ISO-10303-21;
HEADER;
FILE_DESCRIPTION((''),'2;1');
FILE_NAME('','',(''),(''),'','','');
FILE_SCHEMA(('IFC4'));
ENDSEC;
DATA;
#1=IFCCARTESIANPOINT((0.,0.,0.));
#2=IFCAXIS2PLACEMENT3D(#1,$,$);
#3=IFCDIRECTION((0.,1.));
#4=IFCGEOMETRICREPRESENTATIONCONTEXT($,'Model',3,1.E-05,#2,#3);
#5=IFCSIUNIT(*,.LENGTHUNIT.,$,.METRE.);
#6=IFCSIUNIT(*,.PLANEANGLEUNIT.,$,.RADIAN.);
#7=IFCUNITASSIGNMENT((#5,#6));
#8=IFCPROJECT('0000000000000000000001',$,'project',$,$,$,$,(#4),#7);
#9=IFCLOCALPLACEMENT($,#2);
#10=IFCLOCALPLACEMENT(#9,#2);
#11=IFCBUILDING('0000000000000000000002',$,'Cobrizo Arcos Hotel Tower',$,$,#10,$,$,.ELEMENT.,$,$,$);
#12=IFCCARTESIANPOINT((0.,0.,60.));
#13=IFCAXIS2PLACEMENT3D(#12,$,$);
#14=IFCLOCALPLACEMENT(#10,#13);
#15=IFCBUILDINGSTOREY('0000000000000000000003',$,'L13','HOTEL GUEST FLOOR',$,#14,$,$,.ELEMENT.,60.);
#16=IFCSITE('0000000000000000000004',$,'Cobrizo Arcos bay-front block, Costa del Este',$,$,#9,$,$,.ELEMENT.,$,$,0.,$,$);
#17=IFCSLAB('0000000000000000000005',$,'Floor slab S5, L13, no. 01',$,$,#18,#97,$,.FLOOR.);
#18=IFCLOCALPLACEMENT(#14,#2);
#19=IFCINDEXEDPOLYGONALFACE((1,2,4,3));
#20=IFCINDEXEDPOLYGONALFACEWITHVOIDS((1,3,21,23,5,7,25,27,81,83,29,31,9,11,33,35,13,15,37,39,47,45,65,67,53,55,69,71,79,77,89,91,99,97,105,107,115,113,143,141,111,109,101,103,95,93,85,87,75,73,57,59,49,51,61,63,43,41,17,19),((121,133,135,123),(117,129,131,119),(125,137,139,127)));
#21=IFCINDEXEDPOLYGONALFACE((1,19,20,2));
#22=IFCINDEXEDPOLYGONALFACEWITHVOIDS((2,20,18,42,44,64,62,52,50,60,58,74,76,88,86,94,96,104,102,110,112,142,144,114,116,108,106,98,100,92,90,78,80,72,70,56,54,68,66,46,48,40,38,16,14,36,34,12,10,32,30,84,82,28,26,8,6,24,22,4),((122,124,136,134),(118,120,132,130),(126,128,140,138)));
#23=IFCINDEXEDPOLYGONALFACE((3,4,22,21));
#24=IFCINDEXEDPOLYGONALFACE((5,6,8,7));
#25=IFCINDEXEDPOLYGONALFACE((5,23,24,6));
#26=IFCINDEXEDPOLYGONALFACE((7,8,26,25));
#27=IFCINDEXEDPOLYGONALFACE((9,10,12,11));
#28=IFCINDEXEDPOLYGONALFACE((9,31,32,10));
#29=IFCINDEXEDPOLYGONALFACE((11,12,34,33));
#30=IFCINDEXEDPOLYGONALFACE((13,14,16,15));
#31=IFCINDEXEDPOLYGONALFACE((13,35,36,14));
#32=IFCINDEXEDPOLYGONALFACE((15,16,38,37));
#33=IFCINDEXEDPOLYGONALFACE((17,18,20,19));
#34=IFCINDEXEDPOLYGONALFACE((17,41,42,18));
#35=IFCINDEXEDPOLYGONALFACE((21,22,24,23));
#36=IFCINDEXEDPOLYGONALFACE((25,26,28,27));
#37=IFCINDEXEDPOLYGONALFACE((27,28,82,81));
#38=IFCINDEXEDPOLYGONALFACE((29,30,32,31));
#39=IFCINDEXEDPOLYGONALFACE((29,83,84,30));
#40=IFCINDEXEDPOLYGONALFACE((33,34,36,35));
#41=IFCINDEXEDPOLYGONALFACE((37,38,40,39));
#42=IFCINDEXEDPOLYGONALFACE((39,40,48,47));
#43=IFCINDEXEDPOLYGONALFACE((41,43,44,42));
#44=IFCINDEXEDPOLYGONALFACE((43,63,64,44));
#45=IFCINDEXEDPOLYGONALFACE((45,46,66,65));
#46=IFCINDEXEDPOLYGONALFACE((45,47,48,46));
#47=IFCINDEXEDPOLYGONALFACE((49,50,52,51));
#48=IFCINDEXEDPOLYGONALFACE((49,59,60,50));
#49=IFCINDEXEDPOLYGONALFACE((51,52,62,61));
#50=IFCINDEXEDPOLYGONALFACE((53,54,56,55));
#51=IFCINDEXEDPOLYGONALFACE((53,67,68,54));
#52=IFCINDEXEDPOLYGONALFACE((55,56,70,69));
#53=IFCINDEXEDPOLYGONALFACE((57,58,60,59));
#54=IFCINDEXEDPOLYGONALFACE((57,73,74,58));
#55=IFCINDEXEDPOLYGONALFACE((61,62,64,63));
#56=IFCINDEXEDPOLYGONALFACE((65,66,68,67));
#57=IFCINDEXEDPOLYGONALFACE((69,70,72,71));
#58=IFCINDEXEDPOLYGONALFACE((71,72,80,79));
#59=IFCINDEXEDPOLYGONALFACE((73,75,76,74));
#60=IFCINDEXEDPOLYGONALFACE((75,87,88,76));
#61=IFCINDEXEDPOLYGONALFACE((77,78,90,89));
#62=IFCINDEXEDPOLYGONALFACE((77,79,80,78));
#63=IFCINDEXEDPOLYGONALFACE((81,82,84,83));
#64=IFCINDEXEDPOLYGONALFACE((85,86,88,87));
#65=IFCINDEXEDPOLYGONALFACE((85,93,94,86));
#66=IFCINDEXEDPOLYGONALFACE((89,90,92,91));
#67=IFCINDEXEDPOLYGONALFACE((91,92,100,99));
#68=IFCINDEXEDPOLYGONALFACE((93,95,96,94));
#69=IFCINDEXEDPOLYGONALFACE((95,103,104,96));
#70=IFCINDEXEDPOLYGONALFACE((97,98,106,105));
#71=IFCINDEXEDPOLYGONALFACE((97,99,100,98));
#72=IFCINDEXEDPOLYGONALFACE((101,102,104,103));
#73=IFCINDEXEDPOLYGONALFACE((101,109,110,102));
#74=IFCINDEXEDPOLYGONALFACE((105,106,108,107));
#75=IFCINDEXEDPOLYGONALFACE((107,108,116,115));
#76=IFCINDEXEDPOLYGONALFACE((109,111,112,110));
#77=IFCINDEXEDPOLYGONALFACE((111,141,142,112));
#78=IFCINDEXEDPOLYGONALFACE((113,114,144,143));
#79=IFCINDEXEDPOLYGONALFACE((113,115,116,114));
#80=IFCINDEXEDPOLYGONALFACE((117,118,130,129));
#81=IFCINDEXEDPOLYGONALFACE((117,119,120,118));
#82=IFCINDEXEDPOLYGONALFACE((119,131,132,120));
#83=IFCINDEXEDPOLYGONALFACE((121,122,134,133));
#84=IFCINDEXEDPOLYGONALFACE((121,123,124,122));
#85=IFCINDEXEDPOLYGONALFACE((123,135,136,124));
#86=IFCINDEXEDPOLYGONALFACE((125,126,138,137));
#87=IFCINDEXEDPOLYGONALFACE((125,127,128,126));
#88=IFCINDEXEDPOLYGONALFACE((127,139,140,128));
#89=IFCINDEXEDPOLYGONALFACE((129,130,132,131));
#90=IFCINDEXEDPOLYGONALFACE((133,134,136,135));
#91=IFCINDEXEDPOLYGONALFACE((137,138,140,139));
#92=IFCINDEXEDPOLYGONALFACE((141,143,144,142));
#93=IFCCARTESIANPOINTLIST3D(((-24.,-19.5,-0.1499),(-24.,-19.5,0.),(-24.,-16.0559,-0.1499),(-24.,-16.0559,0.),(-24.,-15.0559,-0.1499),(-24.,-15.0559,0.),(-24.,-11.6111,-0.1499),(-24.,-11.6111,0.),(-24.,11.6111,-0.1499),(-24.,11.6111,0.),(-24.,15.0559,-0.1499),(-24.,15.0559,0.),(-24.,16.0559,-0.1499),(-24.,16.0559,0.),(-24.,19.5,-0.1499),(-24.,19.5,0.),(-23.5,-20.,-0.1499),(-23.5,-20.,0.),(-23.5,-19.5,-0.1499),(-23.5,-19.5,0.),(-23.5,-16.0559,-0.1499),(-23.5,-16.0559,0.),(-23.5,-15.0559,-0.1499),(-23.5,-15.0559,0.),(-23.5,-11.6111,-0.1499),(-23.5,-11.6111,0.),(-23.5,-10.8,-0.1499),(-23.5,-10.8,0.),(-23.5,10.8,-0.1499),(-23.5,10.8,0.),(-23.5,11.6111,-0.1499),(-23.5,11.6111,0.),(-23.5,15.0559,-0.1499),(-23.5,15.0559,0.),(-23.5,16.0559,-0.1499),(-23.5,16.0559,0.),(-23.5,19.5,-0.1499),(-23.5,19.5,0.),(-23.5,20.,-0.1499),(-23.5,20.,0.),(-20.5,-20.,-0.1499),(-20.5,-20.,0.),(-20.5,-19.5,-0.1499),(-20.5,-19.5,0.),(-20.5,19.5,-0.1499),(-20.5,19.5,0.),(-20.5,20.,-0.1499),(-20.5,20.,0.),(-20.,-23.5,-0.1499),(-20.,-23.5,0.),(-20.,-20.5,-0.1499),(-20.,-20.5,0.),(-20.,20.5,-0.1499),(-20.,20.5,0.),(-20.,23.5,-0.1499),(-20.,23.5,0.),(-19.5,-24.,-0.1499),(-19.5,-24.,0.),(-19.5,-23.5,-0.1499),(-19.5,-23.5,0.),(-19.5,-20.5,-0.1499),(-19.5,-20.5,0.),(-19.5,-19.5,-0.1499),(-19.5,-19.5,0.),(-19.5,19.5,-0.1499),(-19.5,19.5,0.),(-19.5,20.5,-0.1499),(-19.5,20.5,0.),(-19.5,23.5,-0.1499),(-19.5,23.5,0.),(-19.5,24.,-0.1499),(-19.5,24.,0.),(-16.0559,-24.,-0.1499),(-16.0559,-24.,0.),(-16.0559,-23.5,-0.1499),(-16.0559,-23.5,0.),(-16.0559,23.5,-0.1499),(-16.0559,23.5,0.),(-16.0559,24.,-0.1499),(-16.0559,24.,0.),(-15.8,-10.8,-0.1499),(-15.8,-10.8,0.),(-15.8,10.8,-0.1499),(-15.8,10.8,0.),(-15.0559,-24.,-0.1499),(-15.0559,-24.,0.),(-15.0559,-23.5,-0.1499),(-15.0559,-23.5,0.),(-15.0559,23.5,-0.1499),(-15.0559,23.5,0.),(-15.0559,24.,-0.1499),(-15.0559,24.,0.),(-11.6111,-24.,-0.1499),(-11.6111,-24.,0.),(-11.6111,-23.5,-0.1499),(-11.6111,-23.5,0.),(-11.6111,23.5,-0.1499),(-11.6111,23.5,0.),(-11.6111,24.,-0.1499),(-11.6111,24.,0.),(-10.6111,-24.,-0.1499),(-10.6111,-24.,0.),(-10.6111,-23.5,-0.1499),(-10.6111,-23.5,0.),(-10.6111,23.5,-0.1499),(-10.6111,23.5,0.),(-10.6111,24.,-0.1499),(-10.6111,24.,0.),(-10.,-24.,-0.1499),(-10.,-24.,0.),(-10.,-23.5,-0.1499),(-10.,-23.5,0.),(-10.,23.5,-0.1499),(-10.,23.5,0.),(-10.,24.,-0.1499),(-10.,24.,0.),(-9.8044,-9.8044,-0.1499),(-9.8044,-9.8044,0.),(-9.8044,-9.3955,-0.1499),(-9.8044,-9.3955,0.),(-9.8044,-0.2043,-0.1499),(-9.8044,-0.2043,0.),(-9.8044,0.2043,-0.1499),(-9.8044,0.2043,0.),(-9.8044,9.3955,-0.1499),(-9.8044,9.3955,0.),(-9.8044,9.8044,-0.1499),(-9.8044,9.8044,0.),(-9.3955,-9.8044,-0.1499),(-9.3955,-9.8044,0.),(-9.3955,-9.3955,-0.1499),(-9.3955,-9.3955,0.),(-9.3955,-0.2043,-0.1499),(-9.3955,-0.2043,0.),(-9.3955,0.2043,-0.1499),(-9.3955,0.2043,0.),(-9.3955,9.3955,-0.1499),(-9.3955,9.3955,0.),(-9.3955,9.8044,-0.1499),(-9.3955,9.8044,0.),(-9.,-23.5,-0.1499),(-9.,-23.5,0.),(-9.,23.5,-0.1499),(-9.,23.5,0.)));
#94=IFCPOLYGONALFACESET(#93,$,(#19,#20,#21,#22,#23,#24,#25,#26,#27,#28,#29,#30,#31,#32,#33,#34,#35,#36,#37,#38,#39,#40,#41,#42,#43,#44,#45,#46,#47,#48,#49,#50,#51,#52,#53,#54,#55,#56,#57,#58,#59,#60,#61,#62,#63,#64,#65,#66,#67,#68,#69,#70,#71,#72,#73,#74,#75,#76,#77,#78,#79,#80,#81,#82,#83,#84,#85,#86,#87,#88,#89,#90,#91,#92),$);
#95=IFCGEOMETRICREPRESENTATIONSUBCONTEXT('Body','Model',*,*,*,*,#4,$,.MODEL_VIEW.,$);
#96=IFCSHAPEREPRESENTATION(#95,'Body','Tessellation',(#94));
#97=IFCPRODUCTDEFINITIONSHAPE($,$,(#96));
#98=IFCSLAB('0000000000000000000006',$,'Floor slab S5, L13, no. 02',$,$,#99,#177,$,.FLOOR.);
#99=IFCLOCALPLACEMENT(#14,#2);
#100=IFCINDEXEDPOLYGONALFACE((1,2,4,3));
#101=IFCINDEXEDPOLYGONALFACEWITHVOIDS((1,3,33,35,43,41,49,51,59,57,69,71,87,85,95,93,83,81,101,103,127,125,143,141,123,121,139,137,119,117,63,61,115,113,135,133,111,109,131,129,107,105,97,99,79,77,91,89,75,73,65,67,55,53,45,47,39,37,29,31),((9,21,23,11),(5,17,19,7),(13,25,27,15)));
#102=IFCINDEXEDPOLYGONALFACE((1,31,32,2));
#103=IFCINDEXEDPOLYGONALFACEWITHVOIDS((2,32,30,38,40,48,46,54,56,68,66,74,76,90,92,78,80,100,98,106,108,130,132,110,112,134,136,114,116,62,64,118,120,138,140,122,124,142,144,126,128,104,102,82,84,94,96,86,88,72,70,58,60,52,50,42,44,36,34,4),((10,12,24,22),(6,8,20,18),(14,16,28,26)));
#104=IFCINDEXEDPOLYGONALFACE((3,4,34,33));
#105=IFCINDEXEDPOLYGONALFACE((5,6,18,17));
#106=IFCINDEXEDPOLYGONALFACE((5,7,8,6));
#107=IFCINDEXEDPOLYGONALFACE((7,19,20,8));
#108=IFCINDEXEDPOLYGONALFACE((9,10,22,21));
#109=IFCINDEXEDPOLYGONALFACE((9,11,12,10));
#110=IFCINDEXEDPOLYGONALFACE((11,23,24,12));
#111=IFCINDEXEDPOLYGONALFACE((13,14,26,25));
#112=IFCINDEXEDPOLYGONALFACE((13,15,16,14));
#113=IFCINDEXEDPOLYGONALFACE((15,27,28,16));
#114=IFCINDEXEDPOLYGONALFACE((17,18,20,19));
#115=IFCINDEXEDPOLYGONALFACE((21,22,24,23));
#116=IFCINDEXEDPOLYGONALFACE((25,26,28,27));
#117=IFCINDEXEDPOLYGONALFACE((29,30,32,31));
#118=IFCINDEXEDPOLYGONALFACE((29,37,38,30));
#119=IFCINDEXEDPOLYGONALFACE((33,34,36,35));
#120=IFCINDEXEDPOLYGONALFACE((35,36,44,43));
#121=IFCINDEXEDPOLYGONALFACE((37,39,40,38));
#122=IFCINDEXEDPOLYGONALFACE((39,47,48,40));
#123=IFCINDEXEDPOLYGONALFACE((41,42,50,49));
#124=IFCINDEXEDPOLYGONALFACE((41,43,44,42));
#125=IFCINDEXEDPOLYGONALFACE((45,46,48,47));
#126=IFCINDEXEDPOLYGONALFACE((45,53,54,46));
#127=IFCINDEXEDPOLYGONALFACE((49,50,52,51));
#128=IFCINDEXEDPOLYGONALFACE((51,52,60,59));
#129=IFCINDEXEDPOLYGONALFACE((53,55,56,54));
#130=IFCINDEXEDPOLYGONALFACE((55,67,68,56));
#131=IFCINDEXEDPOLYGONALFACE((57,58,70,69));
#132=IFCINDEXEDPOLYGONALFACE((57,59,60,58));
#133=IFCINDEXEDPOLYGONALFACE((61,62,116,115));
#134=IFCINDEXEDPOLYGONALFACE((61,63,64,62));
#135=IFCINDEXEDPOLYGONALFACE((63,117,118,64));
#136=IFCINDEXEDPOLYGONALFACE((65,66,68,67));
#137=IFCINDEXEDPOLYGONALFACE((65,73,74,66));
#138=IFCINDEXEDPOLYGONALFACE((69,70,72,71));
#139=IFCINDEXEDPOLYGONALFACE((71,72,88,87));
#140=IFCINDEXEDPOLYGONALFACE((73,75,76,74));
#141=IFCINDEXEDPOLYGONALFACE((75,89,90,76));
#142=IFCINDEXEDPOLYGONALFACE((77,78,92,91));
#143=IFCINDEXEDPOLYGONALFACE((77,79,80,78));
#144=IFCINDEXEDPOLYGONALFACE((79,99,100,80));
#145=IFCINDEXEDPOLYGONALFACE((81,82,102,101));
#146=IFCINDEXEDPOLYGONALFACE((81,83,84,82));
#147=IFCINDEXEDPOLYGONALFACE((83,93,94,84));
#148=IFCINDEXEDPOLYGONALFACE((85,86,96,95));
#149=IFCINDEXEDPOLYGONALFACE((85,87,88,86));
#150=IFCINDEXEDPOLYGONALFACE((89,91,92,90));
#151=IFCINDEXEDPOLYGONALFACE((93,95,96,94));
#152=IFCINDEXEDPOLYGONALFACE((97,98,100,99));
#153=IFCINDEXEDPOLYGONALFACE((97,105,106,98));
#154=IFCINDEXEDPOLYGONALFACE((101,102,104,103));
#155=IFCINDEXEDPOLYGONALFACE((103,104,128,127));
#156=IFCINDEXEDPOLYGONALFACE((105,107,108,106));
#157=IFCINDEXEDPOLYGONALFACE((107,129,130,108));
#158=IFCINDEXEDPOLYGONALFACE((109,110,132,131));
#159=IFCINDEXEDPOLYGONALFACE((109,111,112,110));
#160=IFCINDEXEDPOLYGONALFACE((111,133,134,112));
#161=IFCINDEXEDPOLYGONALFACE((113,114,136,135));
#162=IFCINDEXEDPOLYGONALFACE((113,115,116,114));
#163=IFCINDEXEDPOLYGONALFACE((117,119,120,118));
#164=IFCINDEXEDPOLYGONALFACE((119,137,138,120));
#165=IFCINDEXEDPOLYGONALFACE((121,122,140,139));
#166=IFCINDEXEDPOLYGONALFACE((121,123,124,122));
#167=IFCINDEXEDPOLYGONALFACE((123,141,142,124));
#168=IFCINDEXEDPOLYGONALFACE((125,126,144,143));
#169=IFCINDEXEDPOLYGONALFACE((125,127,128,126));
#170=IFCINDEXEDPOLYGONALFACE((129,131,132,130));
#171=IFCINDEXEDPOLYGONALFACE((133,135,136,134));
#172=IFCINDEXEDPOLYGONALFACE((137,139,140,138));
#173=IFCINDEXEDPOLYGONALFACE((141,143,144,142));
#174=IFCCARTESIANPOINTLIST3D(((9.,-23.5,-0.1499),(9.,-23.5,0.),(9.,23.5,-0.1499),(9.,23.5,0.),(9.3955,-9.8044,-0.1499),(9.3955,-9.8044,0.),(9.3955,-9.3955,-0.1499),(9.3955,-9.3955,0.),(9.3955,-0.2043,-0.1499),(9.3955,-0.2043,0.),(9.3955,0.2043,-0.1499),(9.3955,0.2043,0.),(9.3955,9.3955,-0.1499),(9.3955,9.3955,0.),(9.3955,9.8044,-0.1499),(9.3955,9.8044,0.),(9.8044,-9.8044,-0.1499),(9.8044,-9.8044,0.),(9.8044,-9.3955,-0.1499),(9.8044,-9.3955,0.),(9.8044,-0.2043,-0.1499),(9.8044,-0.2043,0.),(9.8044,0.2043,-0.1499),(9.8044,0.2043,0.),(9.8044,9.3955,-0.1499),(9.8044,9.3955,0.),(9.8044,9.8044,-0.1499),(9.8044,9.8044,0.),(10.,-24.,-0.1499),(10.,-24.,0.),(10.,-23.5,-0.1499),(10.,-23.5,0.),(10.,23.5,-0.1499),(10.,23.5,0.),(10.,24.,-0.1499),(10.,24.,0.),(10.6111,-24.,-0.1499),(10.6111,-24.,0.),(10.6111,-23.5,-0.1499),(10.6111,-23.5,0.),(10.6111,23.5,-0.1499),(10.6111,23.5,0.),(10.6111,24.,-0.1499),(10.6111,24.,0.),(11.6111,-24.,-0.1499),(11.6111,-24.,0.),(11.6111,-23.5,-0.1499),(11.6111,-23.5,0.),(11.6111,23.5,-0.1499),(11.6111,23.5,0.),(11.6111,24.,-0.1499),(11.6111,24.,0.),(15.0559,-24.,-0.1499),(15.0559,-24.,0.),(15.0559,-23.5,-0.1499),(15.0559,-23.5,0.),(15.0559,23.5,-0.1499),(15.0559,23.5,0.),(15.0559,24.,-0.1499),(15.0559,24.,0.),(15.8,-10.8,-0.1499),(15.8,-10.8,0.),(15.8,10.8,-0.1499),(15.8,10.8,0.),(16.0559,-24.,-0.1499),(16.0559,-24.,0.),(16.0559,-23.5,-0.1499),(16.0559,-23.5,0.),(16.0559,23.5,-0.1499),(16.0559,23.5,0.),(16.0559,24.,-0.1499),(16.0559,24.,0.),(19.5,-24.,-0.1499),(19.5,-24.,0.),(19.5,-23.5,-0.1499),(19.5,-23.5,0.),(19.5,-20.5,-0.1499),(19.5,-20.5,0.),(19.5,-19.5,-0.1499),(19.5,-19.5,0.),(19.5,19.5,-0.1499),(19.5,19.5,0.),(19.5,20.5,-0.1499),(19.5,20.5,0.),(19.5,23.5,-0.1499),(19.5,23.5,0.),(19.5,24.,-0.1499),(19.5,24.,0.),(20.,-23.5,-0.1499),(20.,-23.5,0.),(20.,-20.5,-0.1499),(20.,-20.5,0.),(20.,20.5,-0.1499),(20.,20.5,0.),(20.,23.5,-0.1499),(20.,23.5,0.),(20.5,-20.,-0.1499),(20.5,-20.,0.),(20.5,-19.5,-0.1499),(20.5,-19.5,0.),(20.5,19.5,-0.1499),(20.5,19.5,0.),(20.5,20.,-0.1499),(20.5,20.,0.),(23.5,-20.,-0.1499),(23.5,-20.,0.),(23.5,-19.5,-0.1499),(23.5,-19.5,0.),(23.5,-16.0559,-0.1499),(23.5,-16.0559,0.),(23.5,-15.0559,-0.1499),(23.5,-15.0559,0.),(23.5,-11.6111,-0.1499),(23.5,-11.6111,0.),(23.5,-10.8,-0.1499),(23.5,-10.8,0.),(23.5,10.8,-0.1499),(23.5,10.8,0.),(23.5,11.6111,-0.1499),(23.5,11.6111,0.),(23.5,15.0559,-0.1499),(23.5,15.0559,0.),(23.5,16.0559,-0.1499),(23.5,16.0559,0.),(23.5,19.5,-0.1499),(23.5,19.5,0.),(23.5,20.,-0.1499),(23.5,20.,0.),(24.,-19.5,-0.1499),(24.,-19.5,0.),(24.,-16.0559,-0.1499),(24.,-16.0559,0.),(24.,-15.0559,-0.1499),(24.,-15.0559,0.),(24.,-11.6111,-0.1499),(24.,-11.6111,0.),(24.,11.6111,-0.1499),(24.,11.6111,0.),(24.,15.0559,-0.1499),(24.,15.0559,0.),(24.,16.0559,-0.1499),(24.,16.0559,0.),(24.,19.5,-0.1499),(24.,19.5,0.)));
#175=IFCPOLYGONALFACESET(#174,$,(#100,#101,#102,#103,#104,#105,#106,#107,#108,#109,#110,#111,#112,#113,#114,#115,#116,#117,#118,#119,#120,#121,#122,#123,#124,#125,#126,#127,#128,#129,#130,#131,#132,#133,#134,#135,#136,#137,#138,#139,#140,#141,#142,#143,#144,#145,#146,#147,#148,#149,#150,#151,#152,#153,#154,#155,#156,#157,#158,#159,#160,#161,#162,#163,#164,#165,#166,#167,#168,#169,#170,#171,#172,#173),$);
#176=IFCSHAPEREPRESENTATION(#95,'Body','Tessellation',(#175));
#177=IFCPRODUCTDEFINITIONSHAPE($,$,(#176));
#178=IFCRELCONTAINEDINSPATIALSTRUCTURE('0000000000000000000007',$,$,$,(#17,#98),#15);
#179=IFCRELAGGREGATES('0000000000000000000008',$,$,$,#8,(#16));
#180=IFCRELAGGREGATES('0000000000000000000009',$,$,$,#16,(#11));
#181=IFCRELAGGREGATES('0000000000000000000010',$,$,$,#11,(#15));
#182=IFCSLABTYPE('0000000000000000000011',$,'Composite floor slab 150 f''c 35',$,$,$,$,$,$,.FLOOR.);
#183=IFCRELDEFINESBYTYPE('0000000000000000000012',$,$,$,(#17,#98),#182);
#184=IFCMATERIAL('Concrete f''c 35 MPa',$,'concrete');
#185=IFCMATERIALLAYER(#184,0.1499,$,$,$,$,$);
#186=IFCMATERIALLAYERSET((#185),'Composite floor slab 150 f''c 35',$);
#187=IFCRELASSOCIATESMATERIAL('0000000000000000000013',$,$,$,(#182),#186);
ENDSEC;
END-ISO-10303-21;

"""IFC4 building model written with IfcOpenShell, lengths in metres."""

from ifc_helpers import new_model, si_unit, direction, frame, origin, place, context, subcontext, project, spatial, polyline, outline, extrude, material, layer, layer_set, type_object, element, save


model = new_model("IFC4")

# Units and contexts
model_context = context("Model", 3, precision=1e-05, world=origin(), true_north=direction((0.0, 1.0)))
body_context = subcontext(model_context, "Body", "Model", "MODEL_VIEW")
ifc_project = project(units=[si_unit("LENGTHUNIT", "METRE"), si_unit("PLANEANGLEUNIT", "RADIAN")], contexts=[model_context])

# Site, building, storey
site_placement = place(None, origin())
site = spatial("IfcSite", under=ifc_project, at=site_placement, Name="Cobrizo Arcos bay-front block, Costa del Este", CompositionType="ELEMENT", RefElevation=0.0)
building_placement = place(site_placement, origin())
building = spatial("IfcBuilding", under=site, at=building_placement, Name="Cobrizo Arcos Hotel Tower", CompositionType="ELEMENT")
storey_placement = place(building_placement, frame((0.0, 0.0, 60.0)))
storey = spatial("IfcBuildingStorey", under=building, at=storey_placement, Name="L13", Description="HOTEL GUEST FLOOR", CompositionType="ELEMENT", Elevation=60.0)

# Slabs
ifc_material_1 = material(Name="Concrete f'c 35 MPa", Category="concrete")
ifc_layer_1 = layer(ifc_material_1, 0.1499)
ifc_layer_set_1 = layer_set([ifc_layer_1], Name="Composite floor slab 150 f'c 35")
slab_type_1 = type_object("IfcSlabType", Name="Composite floor slab 150 f'c 35", PredefinedType="FLOOR", material=ifc_layer_set_1)
slab_1_placement = place(storey_placement, frame((0.0, 0.0, -0.1499)))
element("IfcSlab", 1, at=slab_1_placement, inside=storey, type_object=slab_type_1, Name="Floor slab S5, L13, no. 01", PredefinedType="FLOOR", context=body_context, shape_type="SweptSolid", body=[
    extrude(outline(polyline([(-19.5, -23.5), (-20.0, -23.5), (-20.0, -20.5), (-19.5, -20.5), (-19.5, -19.5), (-20.5, -19.5), (-20.5, -20.0), (-23.5, -20.0), (-23.5, -19.5), (-24.0, -19.5), (-24.0, -16.0559), (-23.5, -16.0559), (-23.5, -15.0559), (-24.0, -15.0559), (-24.0, -11.6111), (-23.5, -11.6111), (-23.5, -10.8), (-15.8, -10.8), (-15.8, 10.8), (-23.5, 10.8), (-23.5, 11.6111), (-24.0, 11.6111), (-24.0, 15.0559), (-23.5, 15.0559), (-23.5, 16.0559), (-24.0, 16.0559), (-24.0, 19.5), (-23.5, 19.5), (-23.5, 20.0), (-20.5, 20.0), (-20.5, 19.5), (-19.5, 19.5), (-19.5, 20.5), (-20.0, 20.5), (-20.0, 23.5), (-19.5, 23.5), (-19.5, 24.0), (-16.0559, 24.0), (-16.0559, 23.5), (-15.0559, 23.5), (-15.0559, 24.0), (-11.6111, 24.0), (-11.6111, 23.5), (-10.6111, 23.5), (-10.6111, 24.0), (-10.0, 24.0), (-10.0, 23.5), (-9.0, 23.5), (-9.0, -23.5), (-10.0, -23.5), (-10.0, -24.0), (-10.6111, -24.0), (-10.6111, -23.5), (-11.6111, -23.5), (-11.6111, -24.0), (-15.0559, -24.0), (-15.0559, -23.5), (-16.0559, -23.5), (-16.0559, -24.0), (-19.5, -24.0), (-19.5, -23.5)]), holes=[polyline([(-9.3955, -9.8044), (-9.3955, -9.3955), (-9.8044, -9.3955), (-9.8044, -9.8044), (-9.3955, -9.8044)]), polyline([(-9.3955, 0.2043), (-9.8044, 0.2043), (-9.8044, -0.2043), (-9.3955, -0.2043), (-9.3955, 0.2043)]), polyline([(-9.3955, 9.8044), (-9.8044, 9.8044), (-9.8044, 9.3955), (-9.3955, 9.3955), (-9.3955, 9.8044)])]), origin(), (0.0, 0.0, 1.0), 0.1499),
])
slab_2_placement = place(storey_placement, frame((0.0, 0.0, -0.1499)))
element("IfcSlab", 2, at=slab_2_placement, inside=storey, type_object=slab_type_1, Name="Floor slab S5, L13, no. 02", PredefinedType="FLOOR", context=body_context, shape_type="SweptSolid", body=[
    extrude(outline(polyline([(10.0, 23.5), (10.0, 24.0), (10.6111, 24.0), (10.6111, 23.5), (11.6111, 23.5), (11.6111, 24.0), (15.0559, 24.0), (15.0559, 23.5), (16.0559, 23.5), (16.0559, 24.0), (19.5, 24.0), (19.5, 23.5), (20.0, 23.5), (20.0, 20.5), (19.5, 20.5), (19.5, 19.5), (20.5, 19.5), (20.5, 20.0), (23.5, 20.0), (23.5, 19.5), (24.0, 19.5), (24.0, 16.0559), (23.5, 16.0559), (23.5, 15.0559), (24.0, 15.0559), (24.0, 11.6111), (23.5, 11.6111), (23.5, 10.8), (15.8, 10.8), (15.8, -10.8), (23.5, -10.8), (23.5, -11.6111), (24.0, -11.6111), (24.0, -15.0559), (23.5, -15.0559), (23.5, -16.0559), (24.0, -16.0559), (24.0, -19.5), (23.5, -19.5), (23.5, -20.0), (20.5, -20.0), (20.5, -19.5), (19.5, -19.5), (19.5, -20.5), (20.0, -20.5), (20.0, -23.5), (19.5, -23.5), (19.5, -24.0), (16.0559, -24.0), (16.0559, -23.5), (15.0559, -23.5), (15.0559, -24.0), (11.6111, -24.0), (11.6111, -23.5), (10.6111, -23.5), (10.6111, -24.0), (10.0, -24.0), (10.0, -23.5), (9.0, -23.5), (9.0, 23.5), (10.0, 23.5)]), holes=[polyline([(9.8044, -9.8044), (9.8044, -9.3955), (9.3955, -9.3955), (9.3955, -9.8044), (9.8044, -9.8044)]), polyline([(9.8044, -0.2043), (9.8044, 0.2043), (9.3955, 0.2043), (9.3955, -0.2043), (9.8044, -0.2043)]), polyline([(9.8044, 9.8044), (9.3955, 9.8044), (9.3955, 9.3955), (9.8044, 9.3955), (9.8044, 9.8044)])]), origin(), (0.0, 0.0, 1.0), 0.1499),
])

save(model, "model.ifc")
